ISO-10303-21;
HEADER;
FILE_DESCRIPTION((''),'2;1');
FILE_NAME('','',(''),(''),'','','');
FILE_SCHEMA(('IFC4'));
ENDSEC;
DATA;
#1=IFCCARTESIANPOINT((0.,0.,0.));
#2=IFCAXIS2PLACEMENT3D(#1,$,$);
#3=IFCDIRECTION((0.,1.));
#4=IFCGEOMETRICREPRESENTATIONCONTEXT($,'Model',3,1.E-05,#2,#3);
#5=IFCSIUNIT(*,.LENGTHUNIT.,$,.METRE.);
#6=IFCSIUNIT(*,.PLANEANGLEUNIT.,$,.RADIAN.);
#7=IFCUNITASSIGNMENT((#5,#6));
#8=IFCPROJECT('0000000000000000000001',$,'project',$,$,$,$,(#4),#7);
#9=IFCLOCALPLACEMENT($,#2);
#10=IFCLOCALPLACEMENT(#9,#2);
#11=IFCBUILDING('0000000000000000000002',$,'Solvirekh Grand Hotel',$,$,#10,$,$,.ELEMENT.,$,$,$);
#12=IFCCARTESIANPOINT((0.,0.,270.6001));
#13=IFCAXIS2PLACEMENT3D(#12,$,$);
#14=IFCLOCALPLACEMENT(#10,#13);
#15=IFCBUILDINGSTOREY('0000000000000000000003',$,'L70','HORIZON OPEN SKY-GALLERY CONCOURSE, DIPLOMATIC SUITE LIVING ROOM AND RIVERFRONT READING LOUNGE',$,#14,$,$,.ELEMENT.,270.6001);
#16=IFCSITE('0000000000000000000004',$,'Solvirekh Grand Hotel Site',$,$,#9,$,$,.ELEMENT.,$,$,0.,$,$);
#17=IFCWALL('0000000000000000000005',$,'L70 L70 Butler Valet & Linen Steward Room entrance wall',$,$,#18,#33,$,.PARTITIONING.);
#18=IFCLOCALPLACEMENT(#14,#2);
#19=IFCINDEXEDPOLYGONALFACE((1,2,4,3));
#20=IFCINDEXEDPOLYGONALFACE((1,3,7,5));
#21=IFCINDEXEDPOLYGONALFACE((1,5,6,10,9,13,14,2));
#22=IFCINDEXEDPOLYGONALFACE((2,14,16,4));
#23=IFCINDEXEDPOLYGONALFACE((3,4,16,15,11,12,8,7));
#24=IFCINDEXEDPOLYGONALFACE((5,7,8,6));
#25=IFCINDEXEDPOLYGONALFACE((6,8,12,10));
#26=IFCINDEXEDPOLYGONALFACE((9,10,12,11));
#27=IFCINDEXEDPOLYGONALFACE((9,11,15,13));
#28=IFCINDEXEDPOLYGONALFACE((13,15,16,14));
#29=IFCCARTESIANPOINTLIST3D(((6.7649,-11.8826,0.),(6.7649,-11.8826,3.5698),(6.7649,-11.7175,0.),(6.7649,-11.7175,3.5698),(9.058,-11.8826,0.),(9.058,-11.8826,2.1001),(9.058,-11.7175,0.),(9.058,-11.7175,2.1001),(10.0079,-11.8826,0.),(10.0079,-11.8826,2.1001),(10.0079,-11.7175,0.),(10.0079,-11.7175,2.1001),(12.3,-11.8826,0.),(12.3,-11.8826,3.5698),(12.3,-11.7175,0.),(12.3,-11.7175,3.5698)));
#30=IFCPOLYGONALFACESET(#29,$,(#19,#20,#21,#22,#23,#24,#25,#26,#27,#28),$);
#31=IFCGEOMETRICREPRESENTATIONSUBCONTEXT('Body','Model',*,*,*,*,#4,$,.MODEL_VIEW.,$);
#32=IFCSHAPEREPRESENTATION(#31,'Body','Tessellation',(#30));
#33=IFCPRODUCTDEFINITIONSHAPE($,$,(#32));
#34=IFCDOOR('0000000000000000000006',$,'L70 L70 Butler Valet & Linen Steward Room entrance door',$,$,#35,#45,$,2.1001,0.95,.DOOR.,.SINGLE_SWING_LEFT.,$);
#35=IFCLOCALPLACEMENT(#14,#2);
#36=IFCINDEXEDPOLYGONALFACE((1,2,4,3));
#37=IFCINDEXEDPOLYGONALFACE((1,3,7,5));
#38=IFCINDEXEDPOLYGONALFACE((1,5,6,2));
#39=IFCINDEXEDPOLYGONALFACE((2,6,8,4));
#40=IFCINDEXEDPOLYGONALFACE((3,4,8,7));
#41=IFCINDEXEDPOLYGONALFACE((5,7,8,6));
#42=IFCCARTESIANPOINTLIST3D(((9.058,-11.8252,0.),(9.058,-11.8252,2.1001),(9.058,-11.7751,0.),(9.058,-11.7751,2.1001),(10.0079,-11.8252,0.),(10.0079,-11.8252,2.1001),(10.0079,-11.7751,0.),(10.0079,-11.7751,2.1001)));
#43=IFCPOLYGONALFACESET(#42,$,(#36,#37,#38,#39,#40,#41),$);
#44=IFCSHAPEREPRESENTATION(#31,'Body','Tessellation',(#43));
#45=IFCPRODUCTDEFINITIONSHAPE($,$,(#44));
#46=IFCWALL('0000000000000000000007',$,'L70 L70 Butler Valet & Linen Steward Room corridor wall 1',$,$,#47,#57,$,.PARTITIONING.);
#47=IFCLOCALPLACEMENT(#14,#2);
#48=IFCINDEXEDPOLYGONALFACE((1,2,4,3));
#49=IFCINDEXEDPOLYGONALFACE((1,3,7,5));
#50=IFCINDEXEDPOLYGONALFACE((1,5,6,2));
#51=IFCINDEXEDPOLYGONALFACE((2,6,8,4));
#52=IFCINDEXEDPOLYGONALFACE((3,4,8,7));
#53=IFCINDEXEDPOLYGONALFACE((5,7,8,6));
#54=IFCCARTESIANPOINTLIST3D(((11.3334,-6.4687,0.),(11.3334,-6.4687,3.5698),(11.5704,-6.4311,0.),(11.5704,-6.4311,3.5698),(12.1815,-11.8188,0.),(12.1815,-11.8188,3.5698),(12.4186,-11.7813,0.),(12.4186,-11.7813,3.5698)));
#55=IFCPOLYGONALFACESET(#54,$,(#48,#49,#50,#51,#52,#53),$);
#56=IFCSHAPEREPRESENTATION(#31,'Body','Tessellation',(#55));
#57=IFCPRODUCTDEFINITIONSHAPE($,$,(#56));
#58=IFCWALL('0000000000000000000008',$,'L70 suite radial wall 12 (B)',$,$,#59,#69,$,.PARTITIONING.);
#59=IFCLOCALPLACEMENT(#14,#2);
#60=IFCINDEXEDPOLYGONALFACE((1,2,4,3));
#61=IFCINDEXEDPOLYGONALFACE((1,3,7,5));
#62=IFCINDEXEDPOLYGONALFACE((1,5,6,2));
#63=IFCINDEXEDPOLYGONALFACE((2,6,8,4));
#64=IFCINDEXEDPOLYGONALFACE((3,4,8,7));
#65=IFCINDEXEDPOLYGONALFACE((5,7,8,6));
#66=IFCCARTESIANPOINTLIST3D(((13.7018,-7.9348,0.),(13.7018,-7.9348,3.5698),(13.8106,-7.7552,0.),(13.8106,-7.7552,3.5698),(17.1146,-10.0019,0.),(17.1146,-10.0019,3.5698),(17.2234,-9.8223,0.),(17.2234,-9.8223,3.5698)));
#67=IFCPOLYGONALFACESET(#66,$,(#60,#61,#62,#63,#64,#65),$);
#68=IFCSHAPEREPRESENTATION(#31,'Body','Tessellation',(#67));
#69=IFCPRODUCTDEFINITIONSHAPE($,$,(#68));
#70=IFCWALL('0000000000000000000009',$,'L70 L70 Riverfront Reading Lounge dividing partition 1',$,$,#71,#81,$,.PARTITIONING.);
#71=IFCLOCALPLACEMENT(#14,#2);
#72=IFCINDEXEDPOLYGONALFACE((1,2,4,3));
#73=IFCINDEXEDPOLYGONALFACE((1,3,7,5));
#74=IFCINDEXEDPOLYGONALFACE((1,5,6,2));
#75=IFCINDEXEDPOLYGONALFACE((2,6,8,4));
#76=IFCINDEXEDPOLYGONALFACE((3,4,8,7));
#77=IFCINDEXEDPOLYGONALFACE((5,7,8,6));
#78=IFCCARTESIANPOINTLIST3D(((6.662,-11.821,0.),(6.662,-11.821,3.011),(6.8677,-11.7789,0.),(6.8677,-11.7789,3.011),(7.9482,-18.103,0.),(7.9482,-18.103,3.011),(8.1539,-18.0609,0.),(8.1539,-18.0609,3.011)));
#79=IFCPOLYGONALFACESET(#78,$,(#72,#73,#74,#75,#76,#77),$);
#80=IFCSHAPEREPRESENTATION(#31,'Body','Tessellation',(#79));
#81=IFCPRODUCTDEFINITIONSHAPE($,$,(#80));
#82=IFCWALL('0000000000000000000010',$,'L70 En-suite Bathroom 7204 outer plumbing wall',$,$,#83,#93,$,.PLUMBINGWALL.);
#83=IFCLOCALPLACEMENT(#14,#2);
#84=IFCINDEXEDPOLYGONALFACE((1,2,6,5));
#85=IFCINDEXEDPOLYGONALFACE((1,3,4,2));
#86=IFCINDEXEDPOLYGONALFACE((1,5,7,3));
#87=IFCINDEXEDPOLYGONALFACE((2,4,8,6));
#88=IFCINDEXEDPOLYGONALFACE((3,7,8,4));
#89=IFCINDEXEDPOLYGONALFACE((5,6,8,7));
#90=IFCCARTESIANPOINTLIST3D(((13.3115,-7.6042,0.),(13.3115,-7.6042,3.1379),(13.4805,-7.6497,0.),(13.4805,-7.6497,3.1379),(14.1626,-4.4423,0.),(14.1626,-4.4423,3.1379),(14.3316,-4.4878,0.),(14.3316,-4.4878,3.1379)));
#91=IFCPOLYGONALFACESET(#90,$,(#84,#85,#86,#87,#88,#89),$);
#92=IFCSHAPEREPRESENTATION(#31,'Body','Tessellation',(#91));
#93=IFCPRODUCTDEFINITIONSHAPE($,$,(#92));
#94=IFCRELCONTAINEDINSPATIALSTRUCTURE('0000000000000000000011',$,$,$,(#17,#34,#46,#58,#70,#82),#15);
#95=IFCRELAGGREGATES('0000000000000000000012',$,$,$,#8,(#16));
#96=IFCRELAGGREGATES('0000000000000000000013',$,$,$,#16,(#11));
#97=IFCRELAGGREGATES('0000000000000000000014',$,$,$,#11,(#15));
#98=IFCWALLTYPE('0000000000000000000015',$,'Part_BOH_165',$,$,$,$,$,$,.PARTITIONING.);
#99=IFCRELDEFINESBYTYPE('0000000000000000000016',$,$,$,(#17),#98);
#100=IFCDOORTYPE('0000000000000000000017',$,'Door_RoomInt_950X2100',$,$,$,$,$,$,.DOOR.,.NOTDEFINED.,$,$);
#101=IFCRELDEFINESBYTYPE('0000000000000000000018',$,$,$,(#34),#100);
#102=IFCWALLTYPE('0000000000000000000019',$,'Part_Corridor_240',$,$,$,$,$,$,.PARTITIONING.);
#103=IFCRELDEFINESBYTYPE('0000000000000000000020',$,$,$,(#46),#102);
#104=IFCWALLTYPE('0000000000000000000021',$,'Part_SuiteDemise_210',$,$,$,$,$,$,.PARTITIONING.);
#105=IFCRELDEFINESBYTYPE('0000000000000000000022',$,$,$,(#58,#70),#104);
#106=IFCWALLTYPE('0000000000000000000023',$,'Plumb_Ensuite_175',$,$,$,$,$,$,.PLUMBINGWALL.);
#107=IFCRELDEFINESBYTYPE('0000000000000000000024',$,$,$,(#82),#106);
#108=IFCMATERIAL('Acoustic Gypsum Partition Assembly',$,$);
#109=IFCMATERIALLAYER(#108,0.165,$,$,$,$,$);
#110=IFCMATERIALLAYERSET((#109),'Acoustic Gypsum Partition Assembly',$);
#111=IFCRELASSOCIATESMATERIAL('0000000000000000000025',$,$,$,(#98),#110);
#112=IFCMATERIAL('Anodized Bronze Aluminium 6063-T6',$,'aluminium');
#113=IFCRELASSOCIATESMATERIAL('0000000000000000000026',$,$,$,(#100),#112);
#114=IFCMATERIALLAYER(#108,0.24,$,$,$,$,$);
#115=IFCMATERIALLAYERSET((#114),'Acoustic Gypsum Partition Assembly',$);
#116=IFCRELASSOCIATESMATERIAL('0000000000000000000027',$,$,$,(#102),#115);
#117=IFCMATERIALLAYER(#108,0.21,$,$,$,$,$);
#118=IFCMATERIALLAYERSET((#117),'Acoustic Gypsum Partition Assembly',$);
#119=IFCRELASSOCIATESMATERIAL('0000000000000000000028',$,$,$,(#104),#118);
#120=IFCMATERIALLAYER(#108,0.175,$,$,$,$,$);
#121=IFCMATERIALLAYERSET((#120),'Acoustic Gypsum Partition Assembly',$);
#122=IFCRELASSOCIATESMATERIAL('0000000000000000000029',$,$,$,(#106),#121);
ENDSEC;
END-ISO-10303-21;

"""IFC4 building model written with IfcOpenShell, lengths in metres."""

from ifc_helpers import new_model, si_unit, direction, frame, frame_2d, origin, place, context, subcontext, project, spatial, rectangle, extrude, material, layer, layer_set, type_object, element, fill, save


model = new_model("IFC4")

# Units and contexts
model_context = context("Model", 3, precision=1e-05, world=origin(), true_north=direction((0.0, 1.0)))
body_context = subcontext(model_context, "Body", "Model", "MODEL_VIEW")
ifc_project = project(units=[si_unit("LENGTHUNIT", "METRE"), si_unit("PLANEANGLEUNIT", "RADIAN")], contexts=[model_context])

# Site, building, storey
site_placement = place(None, origin())
site = spatial("IfcSite", under=ifc_project, at=site_placement, Name="Solvirekh Grand Hotel Site", CompositionType="ELEMENT", RefElevation=0.0)
building_placement = place(site_placement, origin())
building = spatial("IfcBuilding", under=site, at=building_placement, Name="Solvirekh Grand Hotel", CompositionType="ELEMENT")
storey_placement = place(building_placement, frame((0.0, 0.0, 270.6001)))
storey = spatial("IfcBuildingStorey", under=building, at=storey_placement, Name="L70", Description="HORIZON OPEN SKY-GALLERY CONCOURSE, DIPLOMATIC SUITE LIVING ROOM AND RIVERFRONT READING LOUNGE", CompositionType="ELEMENT", Elevation=270.6001)

# Shared definitions
ifc_material_1 = material(Name="Anodized Bronze Aluminium 6063-T6", Category="aluminium")

# Wall, opening, door
ifc_material_2 = material(Name="Acoustic Gypsum Partition Assembly")
ifc_layer_1 = layer(ifc_material_2, 0.165)
ifc_layer_set_1 = layer_set([ifc_layer_1], Name="Acoustic Gypsum Partition Assembly")
wall_type_1 = type_object("IfcWallType", Name="Part_BOH_165", PredefinedType="PARTITIONING", material=ifc_layer_set_1)
wall_1_placement = place(storey_placement, frame((6.7649, -11.8, 0.0), z_axis=(0.0, 0.0, 1.0), x_axis=(1.0, 0.0, 0.0)))
wall_1 = element("IfcWall", 1, at=wall_1_placement, inside=storey, type_object=wall_type_1, Name="L70 L70 Butler Valet & Linen Steward Room entrance wall", PredefinedType="PARTITIONING", context=body_context, shape_type="SweptSolid", body=[
    extrude(rectangle(XDim=5.5352, YDim=0.165, at=frame_2d((2.7676, 0.0))), origin(), (0.0, 0.0, 1.0), 3.5698),
])
opening_1_placement = place(wall_1_placement, frame((2.293, 0.0, 0.0)))
opening_1 = element("IfcOpeningElement", 2, at=opening_1_placement, cuts=wall_1, PredefinedType="OPENING", context=body_context, shape_type="SweptSolid", body=[
    extrude(rectangle(XDim=0.95, YDim=2.1001, at=frame_2d((0.4751, 1.05))), frame((0.0, 0.0925, 0.0), z_axis=(0.0, -1.0, 0.0), x_axis=(1.0, 0.0, 0.0)), (0.0, 0.0, 1.0), 0.1851),
])
door_type = type_object("IfcDoorType", Name="Door_RoomInt_950X2100", OperationType="NOTDEFINED", PredefinedType="DOOR", material=ifc_material_1)
door_placement = place(opening_1_placement, origin())
door = element("IfcDoor", 3, at=door_placement, inside=storey, type_object=door_type, Name="L70 L70 Butler Valet & Linen Steward Room entrance door", OperationType="SINGLE_SWING_LEFT", OverallHeight=2.1001, OverallWidth=0.95, PredefinedType="DOOR", context=body_context, shape_type="SweptSolid", body=[
    extrude(rectangle(XDim=0.95, YDim=2.1001, at=frame_2d((0.4751, 1.05))), frame((0.0, 0.0249, 0.0), z_axis=(0.0, -1.0, 0.0), x_axis=(1.0, 0.0, 0.0)), (0.0, 0.0, 1.0), 0.05),
])
fill(opening_1, door)

# Walls
ifc_layer_2 = layer(ifc_material_2, 0.24)
ifc_layer_set_2 = layer_set([ifc_layer_2], Name="Acoustic Gypsum Partition Assembly")
wall_type_2 = type_object("IfcWallType", Name="Part_Corridor_240", PredefinedType="PARTITIONING", material=ifc_layer_set_2)
wall_2_placement = place(storey_placement, frame((12.3, -11.8, 0.0), z_axis=(0.0, 0.0, 1.0), x_axis=(-0.156574, 0.987666, 0.0)))
element("IfcWall", 4, at=wall_2_placement, inside=storey, type_object=wall_type_2, Name="L70 L70 Butler Valet & Linen Steward Room corridor wall 1", PredefinedType="PARTITIONING", context=body_context, shape_type="SweptSolid", body=[
    extrude(rectangle(XDim=5.417, YDim=0.24, at=frame_2d((2.7085, 0.0))), origin(), (0.0, 0.0, 1.0), 3.5698),
])
ifc_layer_3 = layer(ifc_material_2, 0.21)
ifc_layer_set_3 = layer_set([ifc_layer_3], Name="Acoustic Gypsum Partition Assembly")
wall_type_3 = type_object("IfcWallType", Name="Part_SuiteDemise_210", PredefinedType="PARTITIONING", material=ifc_layer_set_3)
wall_3_placement = place(storey_placement, frame((13.7561, -7.845, 0.0), z_axis=(0.0, 0.0, 1.0), x_axis=(0.855337, -0.518073, 0.0)))
element("IfcWall", 5, at=wall_3_placement, inside=storey, type_object=wall_type_3, Name="L70 suite radial wall 12 (B)", PredefinedType="PARTITIONING", context=body_context, shape_type="SweptSolid", body=[
    extrude(rectangle(XDim=3.99, YDim=0.21, at=frame_2d((1.9951, 0.0))), origin(), (0.0, 0.0, 1.0), 3.5698),
])
wall_4_placement = place(storey_placement, frame((6.7649, -11.8, 0.0), z_axis=(0.0, 0.0, 1.0), x_axis=(0.200573, -0.979679, 0.0)))
element("IfcWall", 6, at=wall_4_placement, inside=storey, type_object=wall_type_3, Name="L70 L70 Riverfront Reading Lounge dividing partition 1", PredefinedType="PARTITIONING", context=body_context, shape_type="SweptSolid", body=[
    extrude(rectangle(XDim=6.4124, YDim=0.21, at=frame_2d((3.2061, 0.0))), origin(), (0.0, 0.0, 1.0), 3.011),
])
ifc_layer_4 = layer(ifc_material_2, 0.175)
ifc_layer_set_4 = layer_set([ifc_layer_4], Name="Acoustic Gypsum Partition Assembly")
wall_type_4 = type_object("IfcWallType", Name="Plumb_Ensuite_175", PredefinedType="PLUMBINGWALL", material=ifc_layer_set_4)
wall_5_placement = place(storey_placement, frame((13.396, -7.627, 0.0), z_axis=(0.0, 0.0, 1.0), x_axis=(0.259917, 0.965631, 0.0)))
element("IfcWall", 7, at=wall_5_placement, inside=storey, type_object=wall_type_4, Name="L70 En-suite Bathroom 7204 outer plumbing wall", PredefinedType="PLUMBINGWALL", context=body_context, shape_type="SweptSolid", body=[
    extrude(rectangle(XDim=3.2744, YDim=0.175, at=frame_2d((1.6372, 0.0))), origin(), (0.0, 0.0, 1.0), 3.1379),
])

save(model, "model.ifc")
